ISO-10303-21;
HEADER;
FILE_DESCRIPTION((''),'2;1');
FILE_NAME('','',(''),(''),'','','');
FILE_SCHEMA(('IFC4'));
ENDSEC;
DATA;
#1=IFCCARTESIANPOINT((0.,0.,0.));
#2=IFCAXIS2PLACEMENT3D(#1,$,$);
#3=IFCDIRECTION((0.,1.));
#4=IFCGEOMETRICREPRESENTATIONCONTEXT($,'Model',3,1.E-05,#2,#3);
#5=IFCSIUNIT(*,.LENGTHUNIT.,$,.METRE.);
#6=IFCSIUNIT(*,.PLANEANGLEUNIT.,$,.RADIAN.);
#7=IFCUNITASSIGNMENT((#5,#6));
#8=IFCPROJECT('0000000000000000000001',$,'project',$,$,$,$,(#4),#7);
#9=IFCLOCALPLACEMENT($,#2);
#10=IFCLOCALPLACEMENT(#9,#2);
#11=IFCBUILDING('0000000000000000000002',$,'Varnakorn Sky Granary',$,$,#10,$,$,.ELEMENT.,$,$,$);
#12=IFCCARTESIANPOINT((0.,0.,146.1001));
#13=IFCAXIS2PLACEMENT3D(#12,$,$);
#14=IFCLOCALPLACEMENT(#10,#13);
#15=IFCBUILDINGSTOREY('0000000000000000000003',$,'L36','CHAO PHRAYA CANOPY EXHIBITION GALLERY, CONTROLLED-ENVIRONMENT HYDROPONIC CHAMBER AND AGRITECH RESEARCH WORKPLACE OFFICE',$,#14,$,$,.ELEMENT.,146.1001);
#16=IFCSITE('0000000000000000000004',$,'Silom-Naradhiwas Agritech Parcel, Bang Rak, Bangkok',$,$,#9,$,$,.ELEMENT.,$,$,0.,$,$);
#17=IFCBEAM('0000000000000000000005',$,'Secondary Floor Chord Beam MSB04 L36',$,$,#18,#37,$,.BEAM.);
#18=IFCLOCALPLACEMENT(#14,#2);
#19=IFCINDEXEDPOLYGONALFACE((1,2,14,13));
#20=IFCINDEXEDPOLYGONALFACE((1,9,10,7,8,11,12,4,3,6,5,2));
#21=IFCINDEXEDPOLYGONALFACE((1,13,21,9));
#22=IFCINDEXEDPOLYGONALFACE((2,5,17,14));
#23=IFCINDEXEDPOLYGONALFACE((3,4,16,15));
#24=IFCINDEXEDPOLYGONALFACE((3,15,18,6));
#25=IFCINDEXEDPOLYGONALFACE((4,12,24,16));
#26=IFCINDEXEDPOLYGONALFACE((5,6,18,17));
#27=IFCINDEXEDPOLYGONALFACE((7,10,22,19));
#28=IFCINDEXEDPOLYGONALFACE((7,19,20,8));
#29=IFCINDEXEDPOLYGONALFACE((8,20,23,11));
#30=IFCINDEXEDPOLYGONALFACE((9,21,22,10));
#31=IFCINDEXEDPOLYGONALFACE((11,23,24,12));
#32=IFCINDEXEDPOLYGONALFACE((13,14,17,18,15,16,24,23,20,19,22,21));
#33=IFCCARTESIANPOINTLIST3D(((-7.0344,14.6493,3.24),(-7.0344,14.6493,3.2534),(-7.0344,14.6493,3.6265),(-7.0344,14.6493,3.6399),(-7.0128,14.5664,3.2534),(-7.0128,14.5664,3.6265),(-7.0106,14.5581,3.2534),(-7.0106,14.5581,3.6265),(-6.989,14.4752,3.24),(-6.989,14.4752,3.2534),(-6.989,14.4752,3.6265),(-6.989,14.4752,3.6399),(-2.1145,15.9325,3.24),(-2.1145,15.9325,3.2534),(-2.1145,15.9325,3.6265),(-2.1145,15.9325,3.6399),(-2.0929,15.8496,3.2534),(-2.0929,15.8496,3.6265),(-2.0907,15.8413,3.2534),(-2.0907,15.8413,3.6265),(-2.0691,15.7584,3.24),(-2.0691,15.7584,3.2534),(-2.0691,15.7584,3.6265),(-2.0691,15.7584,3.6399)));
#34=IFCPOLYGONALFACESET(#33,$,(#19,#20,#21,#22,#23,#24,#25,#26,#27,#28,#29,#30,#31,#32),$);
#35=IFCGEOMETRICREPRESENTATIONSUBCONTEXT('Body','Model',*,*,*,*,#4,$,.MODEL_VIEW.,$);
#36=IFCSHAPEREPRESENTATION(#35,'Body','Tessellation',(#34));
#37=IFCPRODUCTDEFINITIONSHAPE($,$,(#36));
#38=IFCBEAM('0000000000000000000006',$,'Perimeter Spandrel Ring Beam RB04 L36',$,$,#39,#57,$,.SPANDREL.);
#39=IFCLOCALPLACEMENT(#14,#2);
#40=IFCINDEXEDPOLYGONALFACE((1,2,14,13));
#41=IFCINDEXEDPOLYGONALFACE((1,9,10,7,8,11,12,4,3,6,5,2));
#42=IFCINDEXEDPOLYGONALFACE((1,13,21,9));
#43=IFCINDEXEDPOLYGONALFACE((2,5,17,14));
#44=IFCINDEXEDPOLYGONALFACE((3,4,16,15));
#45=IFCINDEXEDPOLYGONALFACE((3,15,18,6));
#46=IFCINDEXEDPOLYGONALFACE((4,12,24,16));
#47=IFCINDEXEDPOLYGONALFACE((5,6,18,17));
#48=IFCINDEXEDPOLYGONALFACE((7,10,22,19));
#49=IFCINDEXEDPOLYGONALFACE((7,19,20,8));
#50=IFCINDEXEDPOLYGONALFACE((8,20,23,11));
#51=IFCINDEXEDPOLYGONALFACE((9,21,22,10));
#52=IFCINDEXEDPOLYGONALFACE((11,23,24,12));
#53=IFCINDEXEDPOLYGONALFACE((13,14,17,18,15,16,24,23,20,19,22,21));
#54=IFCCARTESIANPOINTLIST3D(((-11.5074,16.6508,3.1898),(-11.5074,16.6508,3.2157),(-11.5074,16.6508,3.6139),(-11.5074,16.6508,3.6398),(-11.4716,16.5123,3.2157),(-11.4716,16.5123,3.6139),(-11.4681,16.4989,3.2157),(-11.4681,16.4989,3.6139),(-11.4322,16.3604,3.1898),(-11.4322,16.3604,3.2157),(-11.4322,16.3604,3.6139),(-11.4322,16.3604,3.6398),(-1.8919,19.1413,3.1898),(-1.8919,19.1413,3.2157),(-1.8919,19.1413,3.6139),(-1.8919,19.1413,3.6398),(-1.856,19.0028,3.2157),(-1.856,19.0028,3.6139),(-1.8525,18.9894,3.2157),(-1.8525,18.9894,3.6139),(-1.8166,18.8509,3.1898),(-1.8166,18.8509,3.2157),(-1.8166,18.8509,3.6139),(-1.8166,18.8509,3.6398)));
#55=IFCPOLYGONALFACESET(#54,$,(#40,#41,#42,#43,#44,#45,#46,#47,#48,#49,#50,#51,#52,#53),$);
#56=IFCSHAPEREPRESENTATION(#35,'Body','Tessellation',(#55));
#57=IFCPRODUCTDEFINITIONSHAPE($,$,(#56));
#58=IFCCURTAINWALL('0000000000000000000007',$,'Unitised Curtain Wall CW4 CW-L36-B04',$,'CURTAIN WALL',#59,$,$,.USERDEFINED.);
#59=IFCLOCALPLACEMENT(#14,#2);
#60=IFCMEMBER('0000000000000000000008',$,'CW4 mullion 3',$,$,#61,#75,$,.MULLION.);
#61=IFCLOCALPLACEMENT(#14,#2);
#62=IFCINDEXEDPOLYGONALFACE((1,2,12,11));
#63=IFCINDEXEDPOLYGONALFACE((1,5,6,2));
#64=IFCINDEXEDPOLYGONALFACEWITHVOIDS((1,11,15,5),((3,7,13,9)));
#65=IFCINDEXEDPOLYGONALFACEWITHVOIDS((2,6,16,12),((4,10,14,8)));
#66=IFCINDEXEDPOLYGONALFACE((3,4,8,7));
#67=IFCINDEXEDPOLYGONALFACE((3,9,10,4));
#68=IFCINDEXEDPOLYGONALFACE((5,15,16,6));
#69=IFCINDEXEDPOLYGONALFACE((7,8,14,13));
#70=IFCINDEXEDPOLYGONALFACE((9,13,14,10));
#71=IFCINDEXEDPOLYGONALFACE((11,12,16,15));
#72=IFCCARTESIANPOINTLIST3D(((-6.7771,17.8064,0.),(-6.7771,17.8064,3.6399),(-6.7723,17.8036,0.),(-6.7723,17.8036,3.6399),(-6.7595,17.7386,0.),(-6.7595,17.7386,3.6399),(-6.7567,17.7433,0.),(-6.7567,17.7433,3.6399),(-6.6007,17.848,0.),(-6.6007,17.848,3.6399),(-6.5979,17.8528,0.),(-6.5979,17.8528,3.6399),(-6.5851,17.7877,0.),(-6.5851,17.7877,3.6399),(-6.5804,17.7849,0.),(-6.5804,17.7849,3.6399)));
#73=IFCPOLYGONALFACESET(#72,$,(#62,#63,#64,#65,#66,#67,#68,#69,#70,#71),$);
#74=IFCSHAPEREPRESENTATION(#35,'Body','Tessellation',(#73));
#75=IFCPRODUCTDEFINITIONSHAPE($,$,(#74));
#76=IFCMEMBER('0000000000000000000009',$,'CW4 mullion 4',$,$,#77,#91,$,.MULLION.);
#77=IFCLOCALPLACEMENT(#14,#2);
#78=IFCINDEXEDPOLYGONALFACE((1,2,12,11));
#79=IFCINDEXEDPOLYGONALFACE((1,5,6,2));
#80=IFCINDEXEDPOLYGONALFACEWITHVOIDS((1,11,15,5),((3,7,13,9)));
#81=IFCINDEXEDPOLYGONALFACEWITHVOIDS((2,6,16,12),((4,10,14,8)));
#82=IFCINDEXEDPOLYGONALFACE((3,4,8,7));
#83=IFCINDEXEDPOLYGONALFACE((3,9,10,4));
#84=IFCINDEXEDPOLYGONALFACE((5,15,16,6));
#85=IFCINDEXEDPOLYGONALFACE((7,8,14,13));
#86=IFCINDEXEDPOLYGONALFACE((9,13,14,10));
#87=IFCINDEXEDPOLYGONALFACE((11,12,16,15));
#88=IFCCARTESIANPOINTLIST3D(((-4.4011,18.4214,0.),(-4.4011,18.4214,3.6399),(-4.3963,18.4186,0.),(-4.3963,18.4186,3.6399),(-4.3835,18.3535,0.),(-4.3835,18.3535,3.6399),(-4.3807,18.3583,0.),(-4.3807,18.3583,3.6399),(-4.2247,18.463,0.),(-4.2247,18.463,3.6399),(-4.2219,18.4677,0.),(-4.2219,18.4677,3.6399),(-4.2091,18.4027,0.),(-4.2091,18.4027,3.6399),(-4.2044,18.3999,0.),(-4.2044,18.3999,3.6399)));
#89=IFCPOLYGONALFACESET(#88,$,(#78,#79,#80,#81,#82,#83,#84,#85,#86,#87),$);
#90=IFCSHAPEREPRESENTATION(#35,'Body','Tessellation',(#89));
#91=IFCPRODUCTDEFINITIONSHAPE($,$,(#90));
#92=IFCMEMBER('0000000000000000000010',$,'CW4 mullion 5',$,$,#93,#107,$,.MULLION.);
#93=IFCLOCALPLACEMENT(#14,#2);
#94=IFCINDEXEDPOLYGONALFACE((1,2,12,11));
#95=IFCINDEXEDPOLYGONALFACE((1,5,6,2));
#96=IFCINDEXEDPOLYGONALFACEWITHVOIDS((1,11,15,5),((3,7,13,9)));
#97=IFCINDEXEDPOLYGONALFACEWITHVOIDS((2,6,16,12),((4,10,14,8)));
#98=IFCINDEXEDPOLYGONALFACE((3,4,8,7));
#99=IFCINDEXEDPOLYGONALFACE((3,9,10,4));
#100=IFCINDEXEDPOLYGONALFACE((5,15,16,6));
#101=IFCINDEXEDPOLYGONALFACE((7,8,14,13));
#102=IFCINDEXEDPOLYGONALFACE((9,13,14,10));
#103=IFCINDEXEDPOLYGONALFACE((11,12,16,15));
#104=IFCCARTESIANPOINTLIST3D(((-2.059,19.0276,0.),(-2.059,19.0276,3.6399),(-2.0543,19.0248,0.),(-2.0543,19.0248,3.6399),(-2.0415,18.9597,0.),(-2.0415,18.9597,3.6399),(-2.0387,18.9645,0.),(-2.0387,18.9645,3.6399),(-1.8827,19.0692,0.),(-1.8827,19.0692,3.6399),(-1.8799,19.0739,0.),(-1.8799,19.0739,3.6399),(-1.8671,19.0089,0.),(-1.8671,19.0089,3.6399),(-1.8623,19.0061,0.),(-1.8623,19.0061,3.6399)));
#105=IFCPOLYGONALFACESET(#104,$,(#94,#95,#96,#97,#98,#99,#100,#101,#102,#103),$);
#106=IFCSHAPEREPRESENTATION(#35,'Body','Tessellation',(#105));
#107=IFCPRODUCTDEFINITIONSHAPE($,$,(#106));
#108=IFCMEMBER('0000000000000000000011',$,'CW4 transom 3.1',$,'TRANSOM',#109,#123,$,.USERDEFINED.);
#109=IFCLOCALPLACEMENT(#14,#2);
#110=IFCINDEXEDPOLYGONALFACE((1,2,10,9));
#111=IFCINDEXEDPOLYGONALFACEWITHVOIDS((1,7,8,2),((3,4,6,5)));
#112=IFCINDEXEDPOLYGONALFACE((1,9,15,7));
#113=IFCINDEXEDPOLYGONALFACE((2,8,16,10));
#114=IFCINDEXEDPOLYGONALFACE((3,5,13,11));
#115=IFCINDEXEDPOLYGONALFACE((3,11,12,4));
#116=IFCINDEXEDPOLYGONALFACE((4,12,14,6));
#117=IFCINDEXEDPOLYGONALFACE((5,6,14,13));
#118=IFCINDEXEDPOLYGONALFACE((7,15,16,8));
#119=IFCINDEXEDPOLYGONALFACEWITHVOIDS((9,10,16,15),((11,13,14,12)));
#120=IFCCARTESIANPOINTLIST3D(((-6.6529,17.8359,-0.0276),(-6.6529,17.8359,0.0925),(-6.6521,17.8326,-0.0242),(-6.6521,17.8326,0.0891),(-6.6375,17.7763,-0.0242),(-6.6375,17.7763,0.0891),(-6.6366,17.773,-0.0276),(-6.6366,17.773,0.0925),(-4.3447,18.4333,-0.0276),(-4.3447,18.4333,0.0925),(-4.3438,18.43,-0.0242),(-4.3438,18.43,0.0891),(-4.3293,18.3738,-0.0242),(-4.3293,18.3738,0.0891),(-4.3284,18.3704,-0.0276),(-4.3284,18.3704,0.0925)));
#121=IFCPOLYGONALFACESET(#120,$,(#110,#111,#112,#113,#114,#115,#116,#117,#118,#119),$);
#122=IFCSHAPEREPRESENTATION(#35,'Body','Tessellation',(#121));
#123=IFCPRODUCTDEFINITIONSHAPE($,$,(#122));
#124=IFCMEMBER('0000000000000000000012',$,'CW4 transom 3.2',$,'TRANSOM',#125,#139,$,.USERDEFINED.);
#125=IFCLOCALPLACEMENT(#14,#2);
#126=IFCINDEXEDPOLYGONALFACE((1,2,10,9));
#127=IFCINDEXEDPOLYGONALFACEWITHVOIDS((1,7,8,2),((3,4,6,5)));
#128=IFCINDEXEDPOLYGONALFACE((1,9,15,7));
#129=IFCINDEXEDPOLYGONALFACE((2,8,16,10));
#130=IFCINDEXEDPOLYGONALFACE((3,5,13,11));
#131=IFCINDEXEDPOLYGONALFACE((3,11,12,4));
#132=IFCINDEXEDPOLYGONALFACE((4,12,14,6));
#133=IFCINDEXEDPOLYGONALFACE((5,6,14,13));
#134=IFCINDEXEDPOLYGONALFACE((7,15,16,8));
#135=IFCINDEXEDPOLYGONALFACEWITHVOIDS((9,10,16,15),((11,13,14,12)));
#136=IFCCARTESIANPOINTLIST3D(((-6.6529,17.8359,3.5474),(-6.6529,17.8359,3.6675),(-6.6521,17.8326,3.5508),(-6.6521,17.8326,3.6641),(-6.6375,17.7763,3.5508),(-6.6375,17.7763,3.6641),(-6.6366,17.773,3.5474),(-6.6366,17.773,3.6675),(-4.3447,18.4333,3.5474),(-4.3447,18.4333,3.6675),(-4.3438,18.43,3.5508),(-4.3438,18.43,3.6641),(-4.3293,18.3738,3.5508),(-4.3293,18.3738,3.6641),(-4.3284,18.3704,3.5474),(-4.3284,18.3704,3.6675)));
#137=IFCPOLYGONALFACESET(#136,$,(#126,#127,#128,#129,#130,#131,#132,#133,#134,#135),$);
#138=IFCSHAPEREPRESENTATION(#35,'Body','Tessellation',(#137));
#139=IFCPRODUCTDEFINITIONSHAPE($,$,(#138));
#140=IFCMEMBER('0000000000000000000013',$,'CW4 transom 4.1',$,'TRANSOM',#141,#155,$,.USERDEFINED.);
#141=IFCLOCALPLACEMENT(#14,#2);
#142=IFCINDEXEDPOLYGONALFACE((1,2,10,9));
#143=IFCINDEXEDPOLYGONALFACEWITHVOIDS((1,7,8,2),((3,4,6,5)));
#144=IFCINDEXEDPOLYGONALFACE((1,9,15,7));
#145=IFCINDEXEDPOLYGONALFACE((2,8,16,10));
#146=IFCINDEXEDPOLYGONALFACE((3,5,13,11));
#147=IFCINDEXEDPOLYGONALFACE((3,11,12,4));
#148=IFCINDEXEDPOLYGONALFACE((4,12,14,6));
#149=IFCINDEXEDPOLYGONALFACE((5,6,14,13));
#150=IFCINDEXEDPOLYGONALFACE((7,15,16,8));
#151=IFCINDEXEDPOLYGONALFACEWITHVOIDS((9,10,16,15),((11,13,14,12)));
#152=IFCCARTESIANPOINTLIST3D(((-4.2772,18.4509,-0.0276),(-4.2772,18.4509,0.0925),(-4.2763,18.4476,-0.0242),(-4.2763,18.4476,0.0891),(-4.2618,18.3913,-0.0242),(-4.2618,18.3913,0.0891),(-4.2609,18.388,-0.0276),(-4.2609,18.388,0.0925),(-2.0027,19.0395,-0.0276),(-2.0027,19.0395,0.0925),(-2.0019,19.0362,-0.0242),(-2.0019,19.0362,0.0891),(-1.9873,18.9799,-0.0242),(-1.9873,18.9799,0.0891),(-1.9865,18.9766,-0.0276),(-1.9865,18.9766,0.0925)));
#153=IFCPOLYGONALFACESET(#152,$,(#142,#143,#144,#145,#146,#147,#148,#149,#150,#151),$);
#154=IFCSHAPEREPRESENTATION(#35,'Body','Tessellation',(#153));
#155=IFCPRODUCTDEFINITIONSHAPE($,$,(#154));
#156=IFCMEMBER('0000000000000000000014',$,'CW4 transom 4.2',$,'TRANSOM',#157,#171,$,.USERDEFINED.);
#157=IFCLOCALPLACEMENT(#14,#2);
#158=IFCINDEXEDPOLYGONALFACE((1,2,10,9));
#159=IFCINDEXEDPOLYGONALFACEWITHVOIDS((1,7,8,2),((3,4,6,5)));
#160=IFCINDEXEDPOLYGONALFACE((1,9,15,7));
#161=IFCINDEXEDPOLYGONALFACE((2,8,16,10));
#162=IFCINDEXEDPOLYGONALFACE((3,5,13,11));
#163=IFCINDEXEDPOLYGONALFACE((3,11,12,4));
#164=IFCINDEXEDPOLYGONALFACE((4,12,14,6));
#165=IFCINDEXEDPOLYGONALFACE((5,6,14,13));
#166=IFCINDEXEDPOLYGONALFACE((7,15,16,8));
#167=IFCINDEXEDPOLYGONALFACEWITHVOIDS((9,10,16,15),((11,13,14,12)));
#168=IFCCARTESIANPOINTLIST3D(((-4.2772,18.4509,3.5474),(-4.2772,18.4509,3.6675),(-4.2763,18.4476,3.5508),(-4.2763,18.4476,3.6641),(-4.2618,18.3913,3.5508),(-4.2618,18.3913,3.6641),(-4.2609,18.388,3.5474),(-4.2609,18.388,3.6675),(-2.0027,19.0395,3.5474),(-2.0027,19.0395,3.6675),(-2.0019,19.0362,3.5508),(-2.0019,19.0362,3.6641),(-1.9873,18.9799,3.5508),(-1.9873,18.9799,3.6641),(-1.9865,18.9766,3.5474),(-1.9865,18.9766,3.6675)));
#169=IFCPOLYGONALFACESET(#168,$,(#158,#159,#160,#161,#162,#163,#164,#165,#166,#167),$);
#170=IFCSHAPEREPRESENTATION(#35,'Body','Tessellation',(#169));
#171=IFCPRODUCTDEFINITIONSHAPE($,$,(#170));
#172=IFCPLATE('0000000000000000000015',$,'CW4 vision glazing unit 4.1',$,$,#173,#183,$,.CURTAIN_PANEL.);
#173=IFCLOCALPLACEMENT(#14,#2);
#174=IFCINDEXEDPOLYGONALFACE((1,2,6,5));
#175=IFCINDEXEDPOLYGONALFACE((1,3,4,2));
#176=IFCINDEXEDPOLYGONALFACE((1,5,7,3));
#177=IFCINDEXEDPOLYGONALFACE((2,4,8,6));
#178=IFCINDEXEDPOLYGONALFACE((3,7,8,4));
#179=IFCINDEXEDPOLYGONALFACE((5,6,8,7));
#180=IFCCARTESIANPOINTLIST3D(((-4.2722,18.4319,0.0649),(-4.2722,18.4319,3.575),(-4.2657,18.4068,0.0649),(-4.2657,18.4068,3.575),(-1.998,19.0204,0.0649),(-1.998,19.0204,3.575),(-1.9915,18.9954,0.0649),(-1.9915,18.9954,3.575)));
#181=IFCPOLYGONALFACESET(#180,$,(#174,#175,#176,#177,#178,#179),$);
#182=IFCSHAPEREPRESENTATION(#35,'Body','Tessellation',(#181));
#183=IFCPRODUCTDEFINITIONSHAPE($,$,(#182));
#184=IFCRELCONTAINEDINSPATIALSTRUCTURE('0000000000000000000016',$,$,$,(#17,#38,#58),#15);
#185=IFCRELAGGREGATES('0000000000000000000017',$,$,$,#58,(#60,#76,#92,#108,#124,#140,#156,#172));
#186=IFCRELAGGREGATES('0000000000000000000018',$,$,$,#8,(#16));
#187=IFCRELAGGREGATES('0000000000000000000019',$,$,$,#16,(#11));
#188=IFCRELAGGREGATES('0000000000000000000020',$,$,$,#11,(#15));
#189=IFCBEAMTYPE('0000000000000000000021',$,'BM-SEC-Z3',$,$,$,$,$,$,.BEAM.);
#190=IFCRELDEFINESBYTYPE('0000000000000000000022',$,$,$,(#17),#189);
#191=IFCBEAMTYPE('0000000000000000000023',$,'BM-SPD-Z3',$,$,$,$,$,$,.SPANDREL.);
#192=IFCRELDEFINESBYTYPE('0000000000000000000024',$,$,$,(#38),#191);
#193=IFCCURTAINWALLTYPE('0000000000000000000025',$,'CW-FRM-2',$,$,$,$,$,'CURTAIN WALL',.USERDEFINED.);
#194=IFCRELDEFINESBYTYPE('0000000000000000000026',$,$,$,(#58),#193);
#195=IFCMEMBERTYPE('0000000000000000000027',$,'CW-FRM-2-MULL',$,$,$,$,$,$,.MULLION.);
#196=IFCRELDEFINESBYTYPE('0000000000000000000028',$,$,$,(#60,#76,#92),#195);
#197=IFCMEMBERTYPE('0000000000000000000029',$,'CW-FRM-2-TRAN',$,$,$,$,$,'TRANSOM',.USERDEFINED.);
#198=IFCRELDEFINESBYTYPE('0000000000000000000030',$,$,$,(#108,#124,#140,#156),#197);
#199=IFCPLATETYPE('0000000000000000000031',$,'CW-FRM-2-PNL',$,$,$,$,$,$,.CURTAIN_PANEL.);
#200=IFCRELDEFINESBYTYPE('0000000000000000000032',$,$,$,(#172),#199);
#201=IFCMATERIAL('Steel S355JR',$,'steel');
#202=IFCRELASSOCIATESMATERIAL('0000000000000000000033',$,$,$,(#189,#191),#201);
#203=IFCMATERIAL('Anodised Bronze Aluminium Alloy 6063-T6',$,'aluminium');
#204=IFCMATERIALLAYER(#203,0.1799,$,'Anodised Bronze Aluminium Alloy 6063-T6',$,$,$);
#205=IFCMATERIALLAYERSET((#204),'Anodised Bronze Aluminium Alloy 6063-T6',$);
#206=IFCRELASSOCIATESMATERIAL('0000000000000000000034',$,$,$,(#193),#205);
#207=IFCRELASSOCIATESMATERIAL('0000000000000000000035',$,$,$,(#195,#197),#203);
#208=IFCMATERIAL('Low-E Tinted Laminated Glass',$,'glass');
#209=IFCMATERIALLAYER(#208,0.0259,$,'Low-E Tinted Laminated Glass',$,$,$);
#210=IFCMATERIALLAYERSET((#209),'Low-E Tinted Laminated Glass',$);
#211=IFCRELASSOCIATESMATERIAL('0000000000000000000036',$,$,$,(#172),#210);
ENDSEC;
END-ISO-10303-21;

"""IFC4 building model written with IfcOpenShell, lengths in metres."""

from ifc_helpers import new_model, si_unit, direction, frame, origin, origin_2d, place, context, subcontext, project, spatial, rectangle, hollow_rectangle, i_section, extrude, source, transform, mapped, material, layer, layer_set, material_profile, profile_set, type_object, element, aggregate, save


model = new_model("IFC4")

# Units and contexts
model_context = context("Model", 3, precision=1e-05, world=origin(), true_north=direction((0.0, 1.0)))
body_context = subcontext(model_context, "Body", "Model", "MODEL_VIEW")
ifc_project = project(units=[si_unit("LENGTHUNIT", "METRE"), si_unit("PLANEANGLEUNIT", "RADIAN")], contexts=[model_context])

# Site, building, storey
site_placement = place(None, origin())
site = spatial("IfcSite", under=ifc_project, at=site_placement, Name="Silom-Naradhiwas Agritech Parcel, Bang Rak, Bangkok", CompositionType="ELEMENT", RefElevation=0.0)
building_placement = place(site_placement, origin())
building = spatial("IfcBuilding", under=site, at=building_placement, Name="Varnakorn Sky Granary", CompositionType="ELEMENT")
storey_placement = place(building_placement, frame((0.0, 0.0, 146.1001)))
storey = spatial("IfcBuildingStorey", under=building, at=storey_placement, Name="L36", Description="CHAO PHRAYA CANOPY EXHIBITION GALLERY, CONTROLLED-ENVIRONMENT HYDROPONIC CHAMBER AND AGRITECH RESEARCH WORKPLACE OFFICE", CompositionType="ELEMENT", Elevation=146.1001)

# Beams
ifc_material_1 = material(Name="Steel S355JR", Category="steel")
ifc_material_profile_1 = material_profile(ifc_material_1, i_section(OverallWidth=0.1799, OverallDepth=0.3999, WebThickness=0.0085, FlangeThickness=0.0134, at=origin_2d()), Name="IPE 400")
ifc_profile_set_1 = profile_set([ifc_material_profile_1], Name="Steel S355JR")
beam_type_1 = type_object("IfcBeamType", Name="BM-SEC-Z3", PredefinedType="BEAM", material=ifc_profile_set_1)
beam_1_placement = place(storey_placement, frame((-2.0918, 15.8455, 3.4399), z_axis=(-0.96763, -0.252375, 0.0), x_axis=(0.252375, -0.96763, 0.0)))
element("IfcBeam", 1, at=beam_1_placement, inside=storey, type_object=beam_type_1, Name="Secondary Floor Chord Beam MSB04 L36", PredefinedType="BEAM", context=body_context, shape_type="SweptSolid", body=[
    extrude(i_section(OverallWidth=0.1799, OverallDepth=0.3999, WebThickness=0.0085, FlangeThickness=0.0134, at=origin_2d()), origin(), (0.0, 0.0, 1.0), 5.0845),
])
ifc_material_profile_2 = material_profile(ifc_material_1, i_section(OverallWidth=0.3, OverallDepth=0.45, WebThickness=0.0139, FlangeThickness=0.0259, at=origin_2d()), Name="HE 450 B")
ifc_profile_set_2 = profile_set([ifc_material_profile_2], Name="Steel S355JR")
beam_type_2 = type_object("IfcBeamType", Name="BM-SPD-Z3", PredefinedType="SPANDREL", material=ifc_profile_set_2)
beam_2_placement = place(storey_placement, frame((-1.8542, 18.9961, 3.4148), z_axis=(-0.968056, -0.250734, 0.0), x_axis=(0.250734, -0.968056, 0.0)))
element("IfcBeam", 2, at=beam_2_placement, inside=storey, type_object=beam_type_2, Name="Perimeter Spandrel Ring Beam RB04 L36", PredefinedType="SPANDREL", context=body_context, shape_type="SweptSolid", body=[
    extrude(i_section(OverallWidth=0.3, OverallDepth=0.45, WebThickness=0.0139, FlangeThickness=0.0259, at=origin_2d()), origin(), (0.0, 0.0, 1.0), 9.9329),
])

# Curtain wall, members, plate
ifc_material_2 = material(Name="Anodised Bronze Aluminium Alloy 6063-T6", Category="aluminium")
ifc_layer_1 = layer(ifc_material_2, 0.1799, Name="Anodised Bronze Aluminium Alloy 6063-T6")
ifc_layer_set_1 = layer_set([ifc_layer_1], Name="Anodised Bronze Aluminium Alloy 6063-T6")
curtain_wall_type = type_object("IfcCurtainWallType", Name="CW-FRM-2", ElementType="CURTAIN WALL", PredefinedType="USERDEFINED", material=ifc_layer_set_1)
curtain_wall_placement = place(storey_placement, origin())
curtain_wall = element("IfcCurtainWall", 3, at=curtain_wall_placement, inside=storey, type_object=curtain_wall_type, Name="Unitised Curtain Wall CW4 CW-L36-B04", ObjectType="CURTAIN WALL", PredefinedType="USERDEFINED")
ifc_material_profile_3 = material_profile(ifc_material_2, hollow_rectangle(XDim=0.0701, YDim=0.1851, WallThickness=0.0039, at=origin_2d()), Name="ALU MULL 70x185")
ifc_profile_set_3 = profile_set([ifc_material_profile_3], Name="Anodised Bronze Aluminium Alloy 6063-T6")
member_type_1 = type_object("IfcMemberType", Name="CW-FRM-2-MULL", PredefinedType="MULLION", material=ifc_profile_set_3)
member_1_placement = place(storey_placement, frame((-6.6787, 17.7957, 0.0), z_axis=(0.0, 0.0, 1.0), x_axis=(-0.250559, 0.968101, 0.0)))
member_1 = element("IfcMember", 4, at=member_1_placement, type_object=member_type_1, Name="CW4 mullion 3", PredefinedType="MULLION", context=body_context, shape_type="SweptSolid", body=[
    extrude(hollow_rectangle(XDim=0.0701, YDim=0.1851, WallThickness=0.0039, at=origin_2d()), origin(), (0.0, 0.0, 1.0), 3.6399),
])
member_2_placement = place(storey_placement, frame((-4.3027, 18.4106, 0.0), z_axis=(0.0, 0.0, 1.0), x_axis=(-0.250559, 0.968101, 0.0)))
member_2 = element("IfcMember", 5, at=member_2_placement, type_object=member_type_1, Name="CW4 mullion 4", PredefinedType="MULLION", context=body_context, shape_type="SweptSolid", body=[
    extrude(hollow_rectangle(XDim=0.0701, YDim=0.1851, WallThickness=0.0039, at=origin_2d()), origin(), (0.0, 0.0, 1.0), 3.6399),
])
member_3_placement = place(storey_placement, frame((-1.9607, 19.0168, 0.0), z_axis=(0.0, 0.0, 1.0), x_axis=(-0.250559, 0.968101, 0.0)))
member_3 = element("IfcMember", 6, at=member_3_placement, type_object=member_type_1, Name="CW4 mullion 5", PredefinedType="MULLION", context=body_context, shape_type="SweptSolid", body=[
    extrude(hollow_rectangle(XDim=0.0701, YDim=0.1851, WallThickness=0.0039, at=origin_2d()), origin(), (0.0, 0.0, 1.0), 3.6399),
])
ifc_material_profile_4 = material_profile(ifc_material_2, hollow_rectangle(XDim=0.0649, YDim=0.1201, WallThickness=0.0034, at=origin_2d()), Name="ALU TRAN 65x120")
ifc_profile_set_4 = profile_set([ifc_material_profile_4], Name="Anodised Bronze Aluminium Alloy 6063-T6")
member_type_2 = type_object("IfcMemberType", Name="CW-FRM-2-TRAN", ElementType="TRANSOM", PredefinedType="USERDEFINED", material=ifc_profile_set_4)
member_4_placement = place(storey_placement, frame((-6.6448, 17.8044, 0.0325), z_axis=(0.968097, 0.250575, 0.0), x_axis=(-0.250575, 0.968097, 0.0)))
member_4 = element("IfcMember", 7, at=member_4_placement, type_object=member_type_2, Name="CW4 transom 3.1", ObjectType="TRANSOM", PredefinedType="USERDEFINED", context=body_context, shape_type="SweptSolid", body=[
    extrude(hollow_rectangle(XDim=0.0649, YDim=0.1201, WallThickness=0.0034, at=origin_2d()), origin(), (0.0, 0.0, 1.0), 2.3843),
])
member_5_placement = place(storey_placement, frame((-6.6448, 17.8044, 3.6074), z_axis=(0.968097, 0.250575, 0.0), x_axis=(-0.250575, 0.968097, 0.0)))
member_5 = element("IfcMember", 8, at=member_5_placement, type_object=member_type_2, Name="CW4 transom 3.2", ObjectType="TRANSOM", PredefinedType="USERDEFINED", context=body_context, shape_type="SweptSolid", body=[
    extrude(hollow_rectangle(XDim=0.0649, YDim=0.1201, WallThickness=0.0034, at=origin_2d()), origin(), (0.0, 0.0, 1.0), 2.3843),
])
member_6_placement = place(storey_placement, frame((-4.269, 18.4194, 0.0325), z_axis=(0.968104, 0.250547, 0.0), x_axis=(-0.250547, 0.968104, 0.0)))
member_6 = element("IfcMember", 9, at=member_6_placement, type_object=member_type_2, Name="CW4 transom 4.1", ObjectType="TRANSOM", PredefinedType="USERDEFINED", context=body_context, shape_type="SweptSolid", body=[
    extrude(hollow_rectangle(XDim=0.0649, YDim=0.1201, WallThickness=0.0034, at=origin_2d()), origin(), (0.0, 0.0, 1.0), 2.3494),
])
member_7_placement = place(storey_placement, frame((-4.269, 18.4194, 3.6074), z_axis=(0.968104, 0.250547, 0.0), x_axis=(-0.250547, 0.968104, 0.0)))
member_7 = element("IfcMember", 10, at=member_7_placement, type_object=member_type_2, Name="CW4 transom 4.2", ObjectType="TRANSOM", PredefinedType="USERDEFINED", context=body_context, shape_type="SweptSolid", body=[
    extrude(hollow_rectangle(XDim=0.0649, YDim=0.1201, WallThickness=0.0034, at=origin_2d()), origin(), (0.0, 0.0, 1.0), 2.3494),
])
ifc_material_3 = material(Name="Low-E Tinted Laminated Glass", Category="glass")
ifc_layer_2 = layer(ifc_material_3, 0.0259, Name="Low-E Tinted Laminated Glass")
ifc_layer_set_2 = layer_set([ifc_layer_2], Name="Low-E Tinted Laminated Glass")
plate_type = type_object("IfcPlateType", Name="CW-FRM-2-PNL", PredefinedType="CURTAIN_PANEL")
shared_shape_1 = source(origin(), body_context, "Body", "SweptSolid", [
    extrude(rectangle(XDim=2.3491, YDim=0.0259, at=origin_2d()), origin(), (0.0, 0.0, 1.0), 3.51),
])
plate_1_placement = place(storey_placement, frame((-3.1318, 18.7136, 0.0649), z_axis=(0.0, 0.0, 1.0), x_axis=(0.968101, 0.250559, 0.0)))
plate_1 = element("IfcPlate", 11, at=plate_1_placement, type_object=plate_type, material=ifc_layer_set_2, Name="CW4 vision glazing unit 4.1", PredefinedType="CURTAIN_PANEL", context=body_context, shape_type="MappedRepresentation", body=[
    mapped(shared_shape_1, transform((0.0, 0.0, 0.0), x_axis=(1.0, 0.0, 0.0), y_axis=(0.0, 1.0, 0.0), z_axis=(0.0, 0.0, 1.0), scale=1.0)),
])
aggregate(curtain_wall, [member_1, member_2, member_3, member_4, member_5, member_6, member_7, plate_1])

save(model, "model.ifc")
